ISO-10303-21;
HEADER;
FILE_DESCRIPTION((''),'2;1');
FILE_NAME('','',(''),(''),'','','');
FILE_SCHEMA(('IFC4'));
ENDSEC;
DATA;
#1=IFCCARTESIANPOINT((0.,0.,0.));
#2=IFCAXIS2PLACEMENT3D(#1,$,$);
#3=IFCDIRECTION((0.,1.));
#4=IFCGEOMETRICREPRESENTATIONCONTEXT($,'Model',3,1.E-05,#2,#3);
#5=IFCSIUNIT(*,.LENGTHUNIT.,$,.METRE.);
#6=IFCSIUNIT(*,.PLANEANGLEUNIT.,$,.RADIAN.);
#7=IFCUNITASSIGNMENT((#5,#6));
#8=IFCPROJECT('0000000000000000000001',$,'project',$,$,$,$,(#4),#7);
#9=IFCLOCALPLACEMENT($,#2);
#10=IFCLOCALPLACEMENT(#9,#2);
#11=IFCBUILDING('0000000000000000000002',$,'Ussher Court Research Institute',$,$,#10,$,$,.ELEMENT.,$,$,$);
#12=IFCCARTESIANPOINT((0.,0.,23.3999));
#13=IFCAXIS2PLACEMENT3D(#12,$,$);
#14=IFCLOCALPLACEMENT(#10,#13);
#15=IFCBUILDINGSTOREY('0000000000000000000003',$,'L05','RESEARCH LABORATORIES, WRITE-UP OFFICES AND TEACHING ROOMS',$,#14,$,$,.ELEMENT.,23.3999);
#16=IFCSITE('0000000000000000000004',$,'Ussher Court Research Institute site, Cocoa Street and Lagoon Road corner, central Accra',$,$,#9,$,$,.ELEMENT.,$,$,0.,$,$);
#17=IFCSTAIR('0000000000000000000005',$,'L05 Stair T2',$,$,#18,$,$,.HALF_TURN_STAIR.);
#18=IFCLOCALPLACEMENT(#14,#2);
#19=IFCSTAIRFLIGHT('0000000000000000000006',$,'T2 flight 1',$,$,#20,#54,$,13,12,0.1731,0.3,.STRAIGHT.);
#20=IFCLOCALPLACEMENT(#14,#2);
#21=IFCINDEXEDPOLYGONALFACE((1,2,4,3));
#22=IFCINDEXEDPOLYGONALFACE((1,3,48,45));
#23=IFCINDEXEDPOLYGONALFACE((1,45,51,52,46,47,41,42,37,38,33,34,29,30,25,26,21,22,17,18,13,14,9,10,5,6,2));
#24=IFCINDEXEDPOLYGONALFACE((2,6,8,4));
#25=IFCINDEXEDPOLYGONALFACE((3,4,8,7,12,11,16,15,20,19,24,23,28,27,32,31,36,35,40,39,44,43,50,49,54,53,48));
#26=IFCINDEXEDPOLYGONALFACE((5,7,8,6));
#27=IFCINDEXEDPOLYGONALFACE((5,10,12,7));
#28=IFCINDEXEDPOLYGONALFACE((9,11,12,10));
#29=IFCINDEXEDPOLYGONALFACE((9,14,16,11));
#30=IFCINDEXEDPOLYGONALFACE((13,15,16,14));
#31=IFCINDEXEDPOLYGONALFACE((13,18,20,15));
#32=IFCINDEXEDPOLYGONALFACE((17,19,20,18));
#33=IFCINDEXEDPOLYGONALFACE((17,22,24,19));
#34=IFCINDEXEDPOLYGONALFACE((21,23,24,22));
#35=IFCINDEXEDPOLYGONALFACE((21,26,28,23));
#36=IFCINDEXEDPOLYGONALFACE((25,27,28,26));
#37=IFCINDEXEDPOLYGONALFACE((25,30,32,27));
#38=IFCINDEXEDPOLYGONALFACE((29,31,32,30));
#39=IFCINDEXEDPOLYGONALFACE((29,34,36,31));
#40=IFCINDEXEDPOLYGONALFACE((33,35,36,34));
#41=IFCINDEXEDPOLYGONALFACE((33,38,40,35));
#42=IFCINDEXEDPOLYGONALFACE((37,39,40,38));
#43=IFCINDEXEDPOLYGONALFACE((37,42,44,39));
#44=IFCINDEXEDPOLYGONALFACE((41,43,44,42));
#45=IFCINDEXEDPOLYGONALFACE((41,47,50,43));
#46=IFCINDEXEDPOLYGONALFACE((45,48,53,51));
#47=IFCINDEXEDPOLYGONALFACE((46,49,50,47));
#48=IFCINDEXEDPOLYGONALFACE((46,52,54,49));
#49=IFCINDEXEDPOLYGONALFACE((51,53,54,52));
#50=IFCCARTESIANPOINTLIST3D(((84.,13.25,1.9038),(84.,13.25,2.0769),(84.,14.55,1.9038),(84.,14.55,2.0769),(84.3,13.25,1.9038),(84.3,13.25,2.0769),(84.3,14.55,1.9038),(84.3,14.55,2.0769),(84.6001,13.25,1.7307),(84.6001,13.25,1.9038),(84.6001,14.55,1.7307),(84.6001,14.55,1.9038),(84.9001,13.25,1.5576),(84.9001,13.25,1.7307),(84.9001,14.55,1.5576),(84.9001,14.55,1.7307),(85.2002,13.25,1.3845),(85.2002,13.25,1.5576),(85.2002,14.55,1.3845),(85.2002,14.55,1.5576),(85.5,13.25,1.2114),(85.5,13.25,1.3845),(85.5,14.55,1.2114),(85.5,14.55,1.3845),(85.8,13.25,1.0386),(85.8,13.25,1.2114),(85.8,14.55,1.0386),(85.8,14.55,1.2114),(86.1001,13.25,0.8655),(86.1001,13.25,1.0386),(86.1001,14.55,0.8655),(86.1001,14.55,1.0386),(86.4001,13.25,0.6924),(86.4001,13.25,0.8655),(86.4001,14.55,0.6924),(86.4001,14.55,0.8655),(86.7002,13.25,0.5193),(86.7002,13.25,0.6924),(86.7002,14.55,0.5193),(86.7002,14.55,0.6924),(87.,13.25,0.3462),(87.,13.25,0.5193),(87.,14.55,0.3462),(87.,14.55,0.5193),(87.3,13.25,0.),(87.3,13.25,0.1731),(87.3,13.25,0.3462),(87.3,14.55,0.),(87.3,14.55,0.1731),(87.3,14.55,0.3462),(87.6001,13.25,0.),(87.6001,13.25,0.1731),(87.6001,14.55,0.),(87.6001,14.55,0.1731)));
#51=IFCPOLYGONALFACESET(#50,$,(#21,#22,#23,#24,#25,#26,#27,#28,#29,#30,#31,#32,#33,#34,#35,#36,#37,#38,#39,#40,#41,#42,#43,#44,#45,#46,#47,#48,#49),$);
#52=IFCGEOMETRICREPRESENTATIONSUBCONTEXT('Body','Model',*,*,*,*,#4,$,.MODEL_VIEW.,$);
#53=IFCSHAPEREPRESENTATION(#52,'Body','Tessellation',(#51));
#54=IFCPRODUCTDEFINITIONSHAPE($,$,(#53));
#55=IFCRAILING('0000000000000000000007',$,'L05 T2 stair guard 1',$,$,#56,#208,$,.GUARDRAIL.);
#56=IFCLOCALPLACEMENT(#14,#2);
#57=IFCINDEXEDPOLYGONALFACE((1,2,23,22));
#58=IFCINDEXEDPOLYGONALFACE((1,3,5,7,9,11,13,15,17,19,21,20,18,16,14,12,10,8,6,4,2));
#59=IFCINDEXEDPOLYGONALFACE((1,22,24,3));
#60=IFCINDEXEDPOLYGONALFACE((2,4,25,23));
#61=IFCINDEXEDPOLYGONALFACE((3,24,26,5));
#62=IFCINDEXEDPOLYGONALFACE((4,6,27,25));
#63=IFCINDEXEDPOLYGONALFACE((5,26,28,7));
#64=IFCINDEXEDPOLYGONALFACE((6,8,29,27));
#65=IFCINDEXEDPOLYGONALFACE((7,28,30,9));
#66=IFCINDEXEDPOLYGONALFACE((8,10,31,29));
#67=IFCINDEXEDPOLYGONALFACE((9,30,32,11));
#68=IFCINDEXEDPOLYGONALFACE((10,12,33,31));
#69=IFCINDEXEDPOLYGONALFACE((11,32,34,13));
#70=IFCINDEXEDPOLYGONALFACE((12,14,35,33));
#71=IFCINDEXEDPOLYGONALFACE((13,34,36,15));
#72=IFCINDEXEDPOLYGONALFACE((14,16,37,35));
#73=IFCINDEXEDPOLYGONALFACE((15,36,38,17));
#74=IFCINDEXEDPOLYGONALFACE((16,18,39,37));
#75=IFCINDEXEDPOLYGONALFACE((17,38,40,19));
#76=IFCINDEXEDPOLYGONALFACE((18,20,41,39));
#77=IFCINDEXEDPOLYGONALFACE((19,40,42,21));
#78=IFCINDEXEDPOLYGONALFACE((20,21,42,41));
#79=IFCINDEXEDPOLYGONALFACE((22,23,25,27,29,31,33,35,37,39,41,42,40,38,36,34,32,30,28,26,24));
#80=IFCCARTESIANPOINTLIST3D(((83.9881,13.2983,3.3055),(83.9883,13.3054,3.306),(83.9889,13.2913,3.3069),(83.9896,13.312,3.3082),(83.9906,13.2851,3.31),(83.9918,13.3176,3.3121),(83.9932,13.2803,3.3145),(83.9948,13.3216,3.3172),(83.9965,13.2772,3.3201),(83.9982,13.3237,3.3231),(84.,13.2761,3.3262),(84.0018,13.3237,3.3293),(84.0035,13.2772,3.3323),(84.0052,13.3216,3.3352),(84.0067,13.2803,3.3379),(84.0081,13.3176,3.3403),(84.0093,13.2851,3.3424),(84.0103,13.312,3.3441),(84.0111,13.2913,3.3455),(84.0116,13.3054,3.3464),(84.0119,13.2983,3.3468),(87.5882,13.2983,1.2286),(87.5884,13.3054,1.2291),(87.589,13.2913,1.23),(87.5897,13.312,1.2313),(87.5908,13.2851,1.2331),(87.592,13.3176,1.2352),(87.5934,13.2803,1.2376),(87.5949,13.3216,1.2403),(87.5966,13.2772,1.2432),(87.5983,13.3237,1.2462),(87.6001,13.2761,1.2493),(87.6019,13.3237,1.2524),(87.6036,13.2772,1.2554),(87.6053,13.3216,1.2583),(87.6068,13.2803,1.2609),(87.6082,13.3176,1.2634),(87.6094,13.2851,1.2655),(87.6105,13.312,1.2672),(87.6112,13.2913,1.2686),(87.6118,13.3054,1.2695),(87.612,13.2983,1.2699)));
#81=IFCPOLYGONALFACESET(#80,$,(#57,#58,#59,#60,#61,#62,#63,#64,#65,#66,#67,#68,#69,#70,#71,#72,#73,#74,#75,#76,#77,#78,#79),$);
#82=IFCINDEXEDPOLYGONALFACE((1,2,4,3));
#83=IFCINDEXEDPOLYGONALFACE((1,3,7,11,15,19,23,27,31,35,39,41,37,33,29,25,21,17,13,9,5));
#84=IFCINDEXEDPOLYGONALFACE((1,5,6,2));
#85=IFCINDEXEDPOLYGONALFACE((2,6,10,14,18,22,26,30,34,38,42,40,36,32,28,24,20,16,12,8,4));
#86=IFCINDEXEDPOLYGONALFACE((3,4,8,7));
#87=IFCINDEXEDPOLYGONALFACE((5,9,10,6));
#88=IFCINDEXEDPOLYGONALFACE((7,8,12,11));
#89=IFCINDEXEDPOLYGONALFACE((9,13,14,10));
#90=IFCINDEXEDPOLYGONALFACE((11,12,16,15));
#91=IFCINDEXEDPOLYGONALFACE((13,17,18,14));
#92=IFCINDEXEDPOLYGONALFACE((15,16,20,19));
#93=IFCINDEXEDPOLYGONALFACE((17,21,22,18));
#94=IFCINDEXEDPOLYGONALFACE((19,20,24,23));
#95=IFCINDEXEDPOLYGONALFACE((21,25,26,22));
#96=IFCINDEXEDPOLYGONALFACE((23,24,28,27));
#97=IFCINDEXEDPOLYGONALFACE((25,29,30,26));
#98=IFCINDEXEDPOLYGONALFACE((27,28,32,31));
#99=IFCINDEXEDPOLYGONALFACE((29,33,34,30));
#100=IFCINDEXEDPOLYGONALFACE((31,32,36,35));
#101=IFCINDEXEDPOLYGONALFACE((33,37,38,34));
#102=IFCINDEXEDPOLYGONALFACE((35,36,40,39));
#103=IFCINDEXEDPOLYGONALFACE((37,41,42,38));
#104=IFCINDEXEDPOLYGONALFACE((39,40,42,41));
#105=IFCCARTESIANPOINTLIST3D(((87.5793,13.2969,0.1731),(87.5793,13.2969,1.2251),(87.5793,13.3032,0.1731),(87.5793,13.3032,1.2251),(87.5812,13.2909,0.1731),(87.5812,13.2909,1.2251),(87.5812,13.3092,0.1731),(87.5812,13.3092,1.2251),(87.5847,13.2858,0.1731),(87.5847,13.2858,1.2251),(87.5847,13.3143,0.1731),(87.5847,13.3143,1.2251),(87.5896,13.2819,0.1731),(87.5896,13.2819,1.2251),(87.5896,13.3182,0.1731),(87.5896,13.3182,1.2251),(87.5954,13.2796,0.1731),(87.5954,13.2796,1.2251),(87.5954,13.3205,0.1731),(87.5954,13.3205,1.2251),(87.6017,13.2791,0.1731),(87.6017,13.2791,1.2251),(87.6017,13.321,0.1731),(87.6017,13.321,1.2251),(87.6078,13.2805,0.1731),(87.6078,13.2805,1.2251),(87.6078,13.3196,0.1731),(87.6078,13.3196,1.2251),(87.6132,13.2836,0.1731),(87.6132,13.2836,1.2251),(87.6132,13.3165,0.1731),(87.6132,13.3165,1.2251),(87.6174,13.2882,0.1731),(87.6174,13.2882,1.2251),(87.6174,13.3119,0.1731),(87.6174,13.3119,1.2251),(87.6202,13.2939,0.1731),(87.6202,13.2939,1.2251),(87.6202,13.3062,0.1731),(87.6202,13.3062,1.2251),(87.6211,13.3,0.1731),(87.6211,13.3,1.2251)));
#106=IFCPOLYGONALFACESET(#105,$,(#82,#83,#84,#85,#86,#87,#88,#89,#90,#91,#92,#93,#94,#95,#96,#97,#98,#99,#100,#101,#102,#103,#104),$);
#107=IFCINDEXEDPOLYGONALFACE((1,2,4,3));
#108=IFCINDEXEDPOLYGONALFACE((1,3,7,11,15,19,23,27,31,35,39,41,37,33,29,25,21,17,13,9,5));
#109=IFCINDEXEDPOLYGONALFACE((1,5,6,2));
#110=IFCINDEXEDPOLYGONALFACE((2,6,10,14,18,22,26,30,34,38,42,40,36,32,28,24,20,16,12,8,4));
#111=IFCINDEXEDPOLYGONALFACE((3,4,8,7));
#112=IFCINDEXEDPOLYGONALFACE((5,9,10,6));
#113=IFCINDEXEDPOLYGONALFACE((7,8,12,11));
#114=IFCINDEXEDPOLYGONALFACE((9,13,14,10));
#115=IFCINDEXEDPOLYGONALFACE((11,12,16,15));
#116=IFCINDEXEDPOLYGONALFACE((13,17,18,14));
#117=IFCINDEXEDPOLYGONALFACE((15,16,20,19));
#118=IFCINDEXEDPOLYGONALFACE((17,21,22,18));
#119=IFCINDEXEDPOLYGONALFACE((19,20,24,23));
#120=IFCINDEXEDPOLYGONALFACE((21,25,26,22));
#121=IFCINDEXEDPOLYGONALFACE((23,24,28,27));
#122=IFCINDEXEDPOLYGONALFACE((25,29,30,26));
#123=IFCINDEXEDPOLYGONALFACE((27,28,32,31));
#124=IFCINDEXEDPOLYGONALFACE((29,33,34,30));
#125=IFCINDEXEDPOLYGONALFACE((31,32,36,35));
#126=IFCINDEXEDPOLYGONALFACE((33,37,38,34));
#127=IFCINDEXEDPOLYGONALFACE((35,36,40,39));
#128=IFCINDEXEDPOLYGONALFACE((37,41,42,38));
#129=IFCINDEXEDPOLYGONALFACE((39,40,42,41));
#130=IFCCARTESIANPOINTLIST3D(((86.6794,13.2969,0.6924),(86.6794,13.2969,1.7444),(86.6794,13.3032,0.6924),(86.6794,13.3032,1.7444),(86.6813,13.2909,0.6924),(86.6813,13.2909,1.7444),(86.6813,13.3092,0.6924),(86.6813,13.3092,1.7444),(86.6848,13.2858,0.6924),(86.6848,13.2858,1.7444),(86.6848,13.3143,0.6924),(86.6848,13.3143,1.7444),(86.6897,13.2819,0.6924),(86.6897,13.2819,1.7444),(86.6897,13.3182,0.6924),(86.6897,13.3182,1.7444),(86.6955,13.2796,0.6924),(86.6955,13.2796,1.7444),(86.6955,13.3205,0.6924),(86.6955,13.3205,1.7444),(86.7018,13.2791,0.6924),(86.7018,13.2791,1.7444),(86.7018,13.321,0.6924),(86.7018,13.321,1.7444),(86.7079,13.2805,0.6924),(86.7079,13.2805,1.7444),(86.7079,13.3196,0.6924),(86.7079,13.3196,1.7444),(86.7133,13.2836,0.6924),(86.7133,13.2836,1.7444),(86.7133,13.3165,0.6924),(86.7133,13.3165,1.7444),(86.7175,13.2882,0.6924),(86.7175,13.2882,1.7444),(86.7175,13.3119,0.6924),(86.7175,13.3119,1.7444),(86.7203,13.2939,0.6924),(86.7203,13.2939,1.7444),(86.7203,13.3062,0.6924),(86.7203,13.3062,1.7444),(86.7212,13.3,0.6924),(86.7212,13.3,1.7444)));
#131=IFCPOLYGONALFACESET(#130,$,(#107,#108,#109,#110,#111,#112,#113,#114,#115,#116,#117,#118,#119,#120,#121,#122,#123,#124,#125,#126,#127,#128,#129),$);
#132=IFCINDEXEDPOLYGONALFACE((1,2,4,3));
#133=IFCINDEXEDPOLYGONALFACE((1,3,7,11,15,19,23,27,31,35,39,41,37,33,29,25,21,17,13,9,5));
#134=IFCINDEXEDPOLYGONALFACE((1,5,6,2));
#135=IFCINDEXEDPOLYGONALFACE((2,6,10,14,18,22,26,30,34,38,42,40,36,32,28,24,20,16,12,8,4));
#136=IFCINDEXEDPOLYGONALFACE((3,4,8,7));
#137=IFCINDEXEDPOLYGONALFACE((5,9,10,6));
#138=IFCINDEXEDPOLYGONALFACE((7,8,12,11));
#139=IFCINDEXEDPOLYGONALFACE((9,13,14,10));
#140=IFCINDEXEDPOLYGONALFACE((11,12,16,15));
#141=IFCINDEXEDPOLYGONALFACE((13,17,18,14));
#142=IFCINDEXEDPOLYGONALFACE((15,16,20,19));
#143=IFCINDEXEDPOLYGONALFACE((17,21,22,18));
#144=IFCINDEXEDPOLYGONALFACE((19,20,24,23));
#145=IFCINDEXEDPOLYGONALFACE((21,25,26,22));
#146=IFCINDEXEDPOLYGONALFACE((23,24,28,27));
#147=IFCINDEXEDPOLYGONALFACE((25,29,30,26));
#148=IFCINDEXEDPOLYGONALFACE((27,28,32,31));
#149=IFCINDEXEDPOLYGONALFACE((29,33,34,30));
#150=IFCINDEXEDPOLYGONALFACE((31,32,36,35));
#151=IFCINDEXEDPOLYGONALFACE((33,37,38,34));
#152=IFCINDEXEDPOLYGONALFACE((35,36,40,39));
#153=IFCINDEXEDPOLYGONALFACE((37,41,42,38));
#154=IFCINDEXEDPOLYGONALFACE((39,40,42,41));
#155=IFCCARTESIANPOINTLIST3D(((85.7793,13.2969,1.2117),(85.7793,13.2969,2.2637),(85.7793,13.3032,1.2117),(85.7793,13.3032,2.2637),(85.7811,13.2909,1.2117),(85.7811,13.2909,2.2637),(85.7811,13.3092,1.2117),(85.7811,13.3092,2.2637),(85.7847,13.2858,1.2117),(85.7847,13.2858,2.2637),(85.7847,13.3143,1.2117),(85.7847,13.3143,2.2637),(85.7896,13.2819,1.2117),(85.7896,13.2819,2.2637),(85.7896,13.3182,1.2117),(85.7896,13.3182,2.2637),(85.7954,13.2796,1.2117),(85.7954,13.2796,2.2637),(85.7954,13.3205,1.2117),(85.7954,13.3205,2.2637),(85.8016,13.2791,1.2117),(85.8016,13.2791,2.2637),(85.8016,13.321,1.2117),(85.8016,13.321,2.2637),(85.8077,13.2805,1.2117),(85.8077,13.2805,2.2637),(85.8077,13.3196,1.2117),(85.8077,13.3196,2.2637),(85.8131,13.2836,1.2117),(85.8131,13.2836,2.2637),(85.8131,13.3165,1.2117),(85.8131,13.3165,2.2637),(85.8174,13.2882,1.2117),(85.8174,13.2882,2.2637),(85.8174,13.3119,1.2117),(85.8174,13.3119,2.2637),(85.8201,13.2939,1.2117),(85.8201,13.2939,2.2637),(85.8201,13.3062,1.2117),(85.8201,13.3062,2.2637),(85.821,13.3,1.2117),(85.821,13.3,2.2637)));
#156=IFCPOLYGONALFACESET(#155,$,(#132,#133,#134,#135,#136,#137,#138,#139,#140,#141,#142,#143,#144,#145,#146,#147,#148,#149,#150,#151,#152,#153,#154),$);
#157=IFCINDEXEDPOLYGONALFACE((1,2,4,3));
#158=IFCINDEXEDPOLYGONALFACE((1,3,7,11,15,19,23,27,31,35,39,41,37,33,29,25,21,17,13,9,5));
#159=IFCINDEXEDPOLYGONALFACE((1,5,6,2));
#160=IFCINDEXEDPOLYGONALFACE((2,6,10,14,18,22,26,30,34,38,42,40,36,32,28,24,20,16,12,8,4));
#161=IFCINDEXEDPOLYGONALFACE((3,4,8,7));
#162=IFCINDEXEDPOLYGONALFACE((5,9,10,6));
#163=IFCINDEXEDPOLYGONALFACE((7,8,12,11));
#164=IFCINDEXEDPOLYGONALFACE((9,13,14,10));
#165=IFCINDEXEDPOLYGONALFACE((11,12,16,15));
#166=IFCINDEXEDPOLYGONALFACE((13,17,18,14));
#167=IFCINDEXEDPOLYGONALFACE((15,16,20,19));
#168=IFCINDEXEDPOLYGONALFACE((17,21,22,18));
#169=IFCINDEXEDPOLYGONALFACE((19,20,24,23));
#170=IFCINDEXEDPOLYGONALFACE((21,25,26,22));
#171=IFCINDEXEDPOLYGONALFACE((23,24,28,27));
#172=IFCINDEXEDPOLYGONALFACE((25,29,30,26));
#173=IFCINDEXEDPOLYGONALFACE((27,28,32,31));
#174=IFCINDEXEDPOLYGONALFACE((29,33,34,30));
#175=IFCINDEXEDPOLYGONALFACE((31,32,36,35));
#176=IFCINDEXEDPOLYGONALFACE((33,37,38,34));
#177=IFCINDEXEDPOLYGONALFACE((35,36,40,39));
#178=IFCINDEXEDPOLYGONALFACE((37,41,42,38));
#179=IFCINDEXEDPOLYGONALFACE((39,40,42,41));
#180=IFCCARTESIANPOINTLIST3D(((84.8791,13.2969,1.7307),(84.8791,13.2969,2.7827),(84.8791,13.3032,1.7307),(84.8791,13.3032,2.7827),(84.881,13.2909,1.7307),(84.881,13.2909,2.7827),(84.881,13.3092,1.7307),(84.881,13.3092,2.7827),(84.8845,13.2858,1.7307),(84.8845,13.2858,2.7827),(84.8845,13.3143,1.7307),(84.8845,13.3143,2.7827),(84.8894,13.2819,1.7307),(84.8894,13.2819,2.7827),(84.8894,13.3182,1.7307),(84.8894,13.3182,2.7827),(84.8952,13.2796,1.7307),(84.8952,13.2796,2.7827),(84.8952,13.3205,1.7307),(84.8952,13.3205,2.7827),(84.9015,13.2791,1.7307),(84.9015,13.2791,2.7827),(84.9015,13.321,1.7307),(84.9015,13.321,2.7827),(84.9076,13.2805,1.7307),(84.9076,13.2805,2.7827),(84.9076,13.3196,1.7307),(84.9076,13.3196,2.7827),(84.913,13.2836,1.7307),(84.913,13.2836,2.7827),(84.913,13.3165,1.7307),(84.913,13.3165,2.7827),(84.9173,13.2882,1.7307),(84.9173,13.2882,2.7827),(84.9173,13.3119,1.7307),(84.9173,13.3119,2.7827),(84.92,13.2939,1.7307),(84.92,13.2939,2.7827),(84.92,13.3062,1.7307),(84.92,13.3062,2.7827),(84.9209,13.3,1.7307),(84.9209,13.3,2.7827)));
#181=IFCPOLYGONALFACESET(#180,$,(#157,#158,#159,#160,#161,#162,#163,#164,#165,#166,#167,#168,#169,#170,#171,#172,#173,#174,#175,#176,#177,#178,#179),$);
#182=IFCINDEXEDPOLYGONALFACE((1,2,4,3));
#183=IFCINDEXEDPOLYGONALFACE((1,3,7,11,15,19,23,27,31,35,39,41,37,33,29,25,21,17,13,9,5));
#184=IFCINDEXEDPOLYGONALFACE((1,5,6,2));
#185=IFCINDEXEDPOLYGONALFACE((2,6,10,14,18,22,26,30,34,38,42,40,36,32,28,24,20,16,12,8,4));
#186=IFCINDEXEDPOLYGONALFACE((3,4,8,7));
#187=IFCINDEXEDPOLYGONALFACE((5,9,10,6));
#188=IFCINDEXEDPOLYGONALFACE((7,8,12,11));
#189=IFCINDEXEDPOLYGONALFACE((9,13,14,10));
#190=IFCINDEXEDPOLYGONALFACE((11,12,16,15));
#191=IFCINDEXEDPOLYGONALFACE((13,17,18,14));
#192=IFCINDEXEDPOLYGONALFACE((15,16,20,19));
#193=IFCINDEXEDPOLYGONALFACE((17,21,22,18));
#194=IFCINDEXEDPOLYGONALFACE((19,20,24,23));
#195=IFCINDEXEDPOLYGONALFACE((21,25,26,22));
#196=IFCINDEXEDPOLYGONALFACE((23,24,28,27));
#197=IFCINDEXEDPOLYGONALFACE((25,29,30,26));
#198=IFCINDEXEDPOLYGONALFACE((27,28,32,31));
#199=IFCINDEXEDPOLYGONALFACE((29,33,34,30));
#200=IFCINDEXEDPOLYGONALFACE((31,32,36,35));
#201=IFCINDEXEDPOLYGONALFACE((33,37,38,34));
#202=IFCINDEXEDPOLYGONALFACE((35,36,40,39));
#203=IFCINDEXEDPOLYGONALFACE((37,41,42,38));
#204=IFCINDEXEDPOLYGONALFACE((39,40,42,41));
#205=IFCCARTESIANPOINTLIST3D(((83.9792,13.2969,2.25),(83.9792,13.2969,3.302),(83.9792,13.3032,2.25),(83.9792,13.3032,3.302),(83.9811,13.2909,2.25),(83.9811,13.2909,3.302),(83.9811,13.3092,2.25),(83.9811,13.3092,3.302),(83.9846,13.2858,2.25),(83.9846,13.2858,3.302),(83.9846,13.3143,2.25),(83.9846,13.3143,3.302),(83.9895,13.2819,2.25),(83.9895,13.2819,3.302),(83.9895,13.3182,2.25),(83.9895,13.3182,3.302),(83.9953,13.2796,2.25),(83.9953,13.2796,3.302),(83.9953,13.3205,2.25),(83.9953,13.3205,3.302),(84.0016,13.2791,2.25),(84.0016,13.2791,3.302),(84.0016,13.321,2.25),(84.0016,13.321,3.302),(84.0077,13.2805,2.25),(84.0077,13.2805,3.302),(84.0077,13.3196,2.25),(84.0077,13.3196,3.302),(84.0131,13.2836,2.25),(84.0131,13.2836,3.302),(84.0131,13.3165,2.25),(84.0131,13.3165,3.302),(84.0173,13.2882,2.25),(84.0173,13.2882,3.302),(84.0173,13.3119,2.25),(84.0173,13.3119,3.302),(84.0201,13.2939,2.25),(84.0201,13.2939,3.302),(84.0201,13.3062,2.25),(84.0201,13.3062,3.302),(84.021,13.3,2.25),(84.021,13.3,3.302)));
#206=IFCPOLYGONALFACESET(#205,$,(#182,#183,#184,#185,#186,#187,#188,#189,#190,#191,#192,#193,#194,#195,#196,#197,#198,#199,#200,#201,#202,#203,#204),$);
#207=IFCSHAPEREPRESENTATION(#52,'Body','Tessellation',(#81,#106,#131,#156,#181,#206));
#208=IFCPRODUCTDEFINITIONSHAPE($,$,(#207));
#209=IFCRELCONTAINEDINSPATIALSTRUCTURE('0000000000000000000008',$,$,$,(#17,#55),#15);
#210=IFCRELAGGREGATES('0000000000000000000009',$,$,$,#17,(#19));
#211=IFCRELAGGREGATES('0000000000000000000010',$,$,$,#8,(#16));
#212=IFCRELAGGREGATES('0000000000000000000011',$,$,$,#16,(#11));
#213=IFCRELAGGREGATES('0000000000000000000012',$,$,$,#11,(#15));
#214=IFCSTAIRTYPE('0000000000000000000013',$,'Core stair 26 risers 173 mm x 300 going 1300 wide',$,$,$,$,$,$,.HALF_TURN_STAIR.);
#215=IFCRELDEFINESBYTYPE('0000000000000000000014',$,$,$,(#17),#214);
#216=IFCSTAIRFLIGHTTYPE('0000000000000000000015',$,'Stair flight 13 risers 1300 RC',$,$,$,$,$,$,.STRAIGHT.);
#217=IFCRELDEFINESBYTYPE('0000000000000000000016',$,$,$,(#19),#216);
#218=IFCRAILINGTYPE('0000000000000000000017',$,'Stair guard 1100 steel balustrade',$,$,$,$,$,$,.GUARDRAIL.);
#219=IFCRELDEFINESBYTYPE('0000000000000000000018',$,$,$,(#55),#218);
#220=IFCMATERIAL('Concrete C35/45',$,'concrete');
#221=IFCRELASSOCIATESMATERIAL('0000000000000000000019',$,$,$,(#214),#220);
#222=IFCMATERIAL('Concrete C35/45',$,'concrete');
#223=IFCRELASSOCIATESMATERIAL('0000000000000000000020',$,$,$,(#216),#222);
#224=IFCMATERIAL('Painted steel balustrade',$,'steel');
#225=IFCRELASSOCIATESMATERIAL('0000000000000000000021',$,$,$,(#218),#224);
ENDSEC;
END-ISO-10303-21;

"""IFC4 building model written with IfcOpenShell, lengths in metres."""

from ifc_helpers import new_model, si_unit, direction, frame, origin, origin_2d, place, context, subcontext, project, spatial, polyline, circle, outline, extrude, material, type_object, element, aggregate, save


model = new_model("IFC4")

# Units and contexts
model_context = context("Model", 3, precision=1e-05, world=origin(), true_north=direction((0.0, 1.0)))
body_context = subcontext(model_context, "Body", "Model", "MODEL_VIEW")
ifc_project = project(units=[si_unit("LENGTHUNIT", "METRE"), si_unit("PLANEANGLEUNIT", "RADIAN")], contexts=[model_context])

# Site, building, storey
site_placement = place(None, origin())
site = spatial("IfcSite", under=ifc_project, at=site_placement, Name="Ussher Court Research Institute site, Cocoa Street and Lagoon Road corner, central Accra", CompositionType="ELEMENT", RefElevation=0.0)
building_placement = place(site_placement, origin())
building = spatial("IfcBuilding", under=site, at=building_placement, Name="Ussher Court Research Institute", CompositionType="ELEMENT")
storey_placement = place(building_placement, frame((0.0, 0.0, 23.3999)))
storey = spatial("IfcBuildingStorey", under=building, at=storey_placement, Name="L05", Description="RESEARCH LABORATORIES, WRITE-UP OFFICES AND TEACHING ROOMS", CompositionType="ELEMENT", Elevation=23.3999)

# Stair, stair flight
ifc_material_1 = material(Name="Concrete C35/45", Category="concrete")
stair_type = type_object("IfcStairType", Name="Core stair 26 risers 173 mm x 300 going 1300 wide", PredefinedType="HALF_TURN_STAIR", material=ifc_material_1)
stair_placement = place(storey_placement, origin())
stair = element("IfcStair", 1, at=stair_placement, inside=storey, type_object=stair_type, Name="L05 Stair T2", PredefinedType="HALF_TURN_STAIR")
ifc_material_2 = material(Name="Concrete C35/45", Category="concrete")
stair_flight_type = type_object("IfcStairFlightType", Name="Stair flight 13 risers 1300 RC", PredefinedType="STRAIGHT", material=ifc_material_2)
stair_flight_placement = place(storey_placement, frame((87.6001, 13.8999, 0.0), z_axis=(0.0, 0.0, 1.0), x_axis=(-1.0, 0.0, 0.0)))
stair_flight = element("IfcStairFlight", 2, at=stair_flight_placement, type_object=stair_flight_type, Name="T2 flight 1", NumberOfRisers=13, NumberOfTreads=12, PredefinedType="STRAIGHT", RiserHeight=0.1731, TreadLength=0.3, context=body_context, shape_type="SweptSolid", body=[
    extrude(outline(polyline([(0.0, 0.0), (0.0, 0.1731), (0.3, 0.1731), (0.3, 0.3462), (0.6001, 0.3462), (0.6001, 0.5193), (0.8999, 0.5193), (0.8999, 0.6924), (1.2, 0.6924), (1.2, 0.8655), (1.5, 0.8655), (1.5, 1.0386), (1.8, 1.0386), (1.8, 1.2114), (2.1001, 1.2114), (2.1001, 1.3845), (2.3999, 1.3845), (2.3999, 1.5576), (2.7, 1.5576), (2.7, 1.7307), (3.0, 1.7307), (3.0, 1.9038), (3.3, 1.9038), (3.3, 2.0769), (3.6001, 2.0769), (3.6001, 2.25), (3.6001, 1.9038), (0.3, 0.0), (0.0, 0.0)])), frame((0.0, 0.6499, 0.0), z_axis=(0.0, -1.0, 0.0), x_axis=(1.0, 0.0, 0.0)), (0.0, 0.0, 1.0), 1.3),
])
aggregate(stair, [stair_flight])

# Railing
ifc_material_3 = material(Name="Painted steel balustrade", Category="steel")
railing_type_1 = type_object("IfcRailingType", Name="Stair guard 1100 steel balustrade", PredefinedType="GUARDRAIL", material=ifc_material_3)
railing_1_placement = place(storey_placement, frame((87.6001, 13.3, 0.1731)))
element("IfcRailing", 3, at=railing_1_placement, inside=storey, type_object=railing_type_1, Name="L05 T2 stair guard 1", PredefinedType="GUARDRAIL", context=body_context, shape_type="SweptSolid", body=[
    extrude(circle(Radius=0.0239, at=origin_2d()), frame((0.0, 0.0, 1.0762), z_axis=(-0.866193, 0.0, 0.499709), x_axis=(0.0, -1.0, 0.0)), (0.0, 0.0, 1.0), 4.1562),
    extrude(circle(Radius=0.021, at=origin_2d()), origin(), (0.0, 0.0, 1.0), 1.052),
    extrude(circle(Radius=0.021, at=origin_2d()), frame((-0.8999, 0.0, 0.5193)), (0.0, 0.0, 1.0), 1.052),
    extrude(circle(Radius=0.021, at=origin_2d()), frame((-1.8, 0.0, 1.0386)), (0.0, 0.0, 1.0), 1.052),
    extrude(circle(Radius=0.021, at=origin_2d()), frame((-2.7002, 0.0, 1.5576)), (0.0, 0.0, 1.0), 1.052),
    extrude(circle(Radius=0.021, at=origin_2d()), frame((-3.6001, 0.0, 2.0769)), (0.0, 0.0, 1.0), 1.052),
])

save(model, "model.ifc")
